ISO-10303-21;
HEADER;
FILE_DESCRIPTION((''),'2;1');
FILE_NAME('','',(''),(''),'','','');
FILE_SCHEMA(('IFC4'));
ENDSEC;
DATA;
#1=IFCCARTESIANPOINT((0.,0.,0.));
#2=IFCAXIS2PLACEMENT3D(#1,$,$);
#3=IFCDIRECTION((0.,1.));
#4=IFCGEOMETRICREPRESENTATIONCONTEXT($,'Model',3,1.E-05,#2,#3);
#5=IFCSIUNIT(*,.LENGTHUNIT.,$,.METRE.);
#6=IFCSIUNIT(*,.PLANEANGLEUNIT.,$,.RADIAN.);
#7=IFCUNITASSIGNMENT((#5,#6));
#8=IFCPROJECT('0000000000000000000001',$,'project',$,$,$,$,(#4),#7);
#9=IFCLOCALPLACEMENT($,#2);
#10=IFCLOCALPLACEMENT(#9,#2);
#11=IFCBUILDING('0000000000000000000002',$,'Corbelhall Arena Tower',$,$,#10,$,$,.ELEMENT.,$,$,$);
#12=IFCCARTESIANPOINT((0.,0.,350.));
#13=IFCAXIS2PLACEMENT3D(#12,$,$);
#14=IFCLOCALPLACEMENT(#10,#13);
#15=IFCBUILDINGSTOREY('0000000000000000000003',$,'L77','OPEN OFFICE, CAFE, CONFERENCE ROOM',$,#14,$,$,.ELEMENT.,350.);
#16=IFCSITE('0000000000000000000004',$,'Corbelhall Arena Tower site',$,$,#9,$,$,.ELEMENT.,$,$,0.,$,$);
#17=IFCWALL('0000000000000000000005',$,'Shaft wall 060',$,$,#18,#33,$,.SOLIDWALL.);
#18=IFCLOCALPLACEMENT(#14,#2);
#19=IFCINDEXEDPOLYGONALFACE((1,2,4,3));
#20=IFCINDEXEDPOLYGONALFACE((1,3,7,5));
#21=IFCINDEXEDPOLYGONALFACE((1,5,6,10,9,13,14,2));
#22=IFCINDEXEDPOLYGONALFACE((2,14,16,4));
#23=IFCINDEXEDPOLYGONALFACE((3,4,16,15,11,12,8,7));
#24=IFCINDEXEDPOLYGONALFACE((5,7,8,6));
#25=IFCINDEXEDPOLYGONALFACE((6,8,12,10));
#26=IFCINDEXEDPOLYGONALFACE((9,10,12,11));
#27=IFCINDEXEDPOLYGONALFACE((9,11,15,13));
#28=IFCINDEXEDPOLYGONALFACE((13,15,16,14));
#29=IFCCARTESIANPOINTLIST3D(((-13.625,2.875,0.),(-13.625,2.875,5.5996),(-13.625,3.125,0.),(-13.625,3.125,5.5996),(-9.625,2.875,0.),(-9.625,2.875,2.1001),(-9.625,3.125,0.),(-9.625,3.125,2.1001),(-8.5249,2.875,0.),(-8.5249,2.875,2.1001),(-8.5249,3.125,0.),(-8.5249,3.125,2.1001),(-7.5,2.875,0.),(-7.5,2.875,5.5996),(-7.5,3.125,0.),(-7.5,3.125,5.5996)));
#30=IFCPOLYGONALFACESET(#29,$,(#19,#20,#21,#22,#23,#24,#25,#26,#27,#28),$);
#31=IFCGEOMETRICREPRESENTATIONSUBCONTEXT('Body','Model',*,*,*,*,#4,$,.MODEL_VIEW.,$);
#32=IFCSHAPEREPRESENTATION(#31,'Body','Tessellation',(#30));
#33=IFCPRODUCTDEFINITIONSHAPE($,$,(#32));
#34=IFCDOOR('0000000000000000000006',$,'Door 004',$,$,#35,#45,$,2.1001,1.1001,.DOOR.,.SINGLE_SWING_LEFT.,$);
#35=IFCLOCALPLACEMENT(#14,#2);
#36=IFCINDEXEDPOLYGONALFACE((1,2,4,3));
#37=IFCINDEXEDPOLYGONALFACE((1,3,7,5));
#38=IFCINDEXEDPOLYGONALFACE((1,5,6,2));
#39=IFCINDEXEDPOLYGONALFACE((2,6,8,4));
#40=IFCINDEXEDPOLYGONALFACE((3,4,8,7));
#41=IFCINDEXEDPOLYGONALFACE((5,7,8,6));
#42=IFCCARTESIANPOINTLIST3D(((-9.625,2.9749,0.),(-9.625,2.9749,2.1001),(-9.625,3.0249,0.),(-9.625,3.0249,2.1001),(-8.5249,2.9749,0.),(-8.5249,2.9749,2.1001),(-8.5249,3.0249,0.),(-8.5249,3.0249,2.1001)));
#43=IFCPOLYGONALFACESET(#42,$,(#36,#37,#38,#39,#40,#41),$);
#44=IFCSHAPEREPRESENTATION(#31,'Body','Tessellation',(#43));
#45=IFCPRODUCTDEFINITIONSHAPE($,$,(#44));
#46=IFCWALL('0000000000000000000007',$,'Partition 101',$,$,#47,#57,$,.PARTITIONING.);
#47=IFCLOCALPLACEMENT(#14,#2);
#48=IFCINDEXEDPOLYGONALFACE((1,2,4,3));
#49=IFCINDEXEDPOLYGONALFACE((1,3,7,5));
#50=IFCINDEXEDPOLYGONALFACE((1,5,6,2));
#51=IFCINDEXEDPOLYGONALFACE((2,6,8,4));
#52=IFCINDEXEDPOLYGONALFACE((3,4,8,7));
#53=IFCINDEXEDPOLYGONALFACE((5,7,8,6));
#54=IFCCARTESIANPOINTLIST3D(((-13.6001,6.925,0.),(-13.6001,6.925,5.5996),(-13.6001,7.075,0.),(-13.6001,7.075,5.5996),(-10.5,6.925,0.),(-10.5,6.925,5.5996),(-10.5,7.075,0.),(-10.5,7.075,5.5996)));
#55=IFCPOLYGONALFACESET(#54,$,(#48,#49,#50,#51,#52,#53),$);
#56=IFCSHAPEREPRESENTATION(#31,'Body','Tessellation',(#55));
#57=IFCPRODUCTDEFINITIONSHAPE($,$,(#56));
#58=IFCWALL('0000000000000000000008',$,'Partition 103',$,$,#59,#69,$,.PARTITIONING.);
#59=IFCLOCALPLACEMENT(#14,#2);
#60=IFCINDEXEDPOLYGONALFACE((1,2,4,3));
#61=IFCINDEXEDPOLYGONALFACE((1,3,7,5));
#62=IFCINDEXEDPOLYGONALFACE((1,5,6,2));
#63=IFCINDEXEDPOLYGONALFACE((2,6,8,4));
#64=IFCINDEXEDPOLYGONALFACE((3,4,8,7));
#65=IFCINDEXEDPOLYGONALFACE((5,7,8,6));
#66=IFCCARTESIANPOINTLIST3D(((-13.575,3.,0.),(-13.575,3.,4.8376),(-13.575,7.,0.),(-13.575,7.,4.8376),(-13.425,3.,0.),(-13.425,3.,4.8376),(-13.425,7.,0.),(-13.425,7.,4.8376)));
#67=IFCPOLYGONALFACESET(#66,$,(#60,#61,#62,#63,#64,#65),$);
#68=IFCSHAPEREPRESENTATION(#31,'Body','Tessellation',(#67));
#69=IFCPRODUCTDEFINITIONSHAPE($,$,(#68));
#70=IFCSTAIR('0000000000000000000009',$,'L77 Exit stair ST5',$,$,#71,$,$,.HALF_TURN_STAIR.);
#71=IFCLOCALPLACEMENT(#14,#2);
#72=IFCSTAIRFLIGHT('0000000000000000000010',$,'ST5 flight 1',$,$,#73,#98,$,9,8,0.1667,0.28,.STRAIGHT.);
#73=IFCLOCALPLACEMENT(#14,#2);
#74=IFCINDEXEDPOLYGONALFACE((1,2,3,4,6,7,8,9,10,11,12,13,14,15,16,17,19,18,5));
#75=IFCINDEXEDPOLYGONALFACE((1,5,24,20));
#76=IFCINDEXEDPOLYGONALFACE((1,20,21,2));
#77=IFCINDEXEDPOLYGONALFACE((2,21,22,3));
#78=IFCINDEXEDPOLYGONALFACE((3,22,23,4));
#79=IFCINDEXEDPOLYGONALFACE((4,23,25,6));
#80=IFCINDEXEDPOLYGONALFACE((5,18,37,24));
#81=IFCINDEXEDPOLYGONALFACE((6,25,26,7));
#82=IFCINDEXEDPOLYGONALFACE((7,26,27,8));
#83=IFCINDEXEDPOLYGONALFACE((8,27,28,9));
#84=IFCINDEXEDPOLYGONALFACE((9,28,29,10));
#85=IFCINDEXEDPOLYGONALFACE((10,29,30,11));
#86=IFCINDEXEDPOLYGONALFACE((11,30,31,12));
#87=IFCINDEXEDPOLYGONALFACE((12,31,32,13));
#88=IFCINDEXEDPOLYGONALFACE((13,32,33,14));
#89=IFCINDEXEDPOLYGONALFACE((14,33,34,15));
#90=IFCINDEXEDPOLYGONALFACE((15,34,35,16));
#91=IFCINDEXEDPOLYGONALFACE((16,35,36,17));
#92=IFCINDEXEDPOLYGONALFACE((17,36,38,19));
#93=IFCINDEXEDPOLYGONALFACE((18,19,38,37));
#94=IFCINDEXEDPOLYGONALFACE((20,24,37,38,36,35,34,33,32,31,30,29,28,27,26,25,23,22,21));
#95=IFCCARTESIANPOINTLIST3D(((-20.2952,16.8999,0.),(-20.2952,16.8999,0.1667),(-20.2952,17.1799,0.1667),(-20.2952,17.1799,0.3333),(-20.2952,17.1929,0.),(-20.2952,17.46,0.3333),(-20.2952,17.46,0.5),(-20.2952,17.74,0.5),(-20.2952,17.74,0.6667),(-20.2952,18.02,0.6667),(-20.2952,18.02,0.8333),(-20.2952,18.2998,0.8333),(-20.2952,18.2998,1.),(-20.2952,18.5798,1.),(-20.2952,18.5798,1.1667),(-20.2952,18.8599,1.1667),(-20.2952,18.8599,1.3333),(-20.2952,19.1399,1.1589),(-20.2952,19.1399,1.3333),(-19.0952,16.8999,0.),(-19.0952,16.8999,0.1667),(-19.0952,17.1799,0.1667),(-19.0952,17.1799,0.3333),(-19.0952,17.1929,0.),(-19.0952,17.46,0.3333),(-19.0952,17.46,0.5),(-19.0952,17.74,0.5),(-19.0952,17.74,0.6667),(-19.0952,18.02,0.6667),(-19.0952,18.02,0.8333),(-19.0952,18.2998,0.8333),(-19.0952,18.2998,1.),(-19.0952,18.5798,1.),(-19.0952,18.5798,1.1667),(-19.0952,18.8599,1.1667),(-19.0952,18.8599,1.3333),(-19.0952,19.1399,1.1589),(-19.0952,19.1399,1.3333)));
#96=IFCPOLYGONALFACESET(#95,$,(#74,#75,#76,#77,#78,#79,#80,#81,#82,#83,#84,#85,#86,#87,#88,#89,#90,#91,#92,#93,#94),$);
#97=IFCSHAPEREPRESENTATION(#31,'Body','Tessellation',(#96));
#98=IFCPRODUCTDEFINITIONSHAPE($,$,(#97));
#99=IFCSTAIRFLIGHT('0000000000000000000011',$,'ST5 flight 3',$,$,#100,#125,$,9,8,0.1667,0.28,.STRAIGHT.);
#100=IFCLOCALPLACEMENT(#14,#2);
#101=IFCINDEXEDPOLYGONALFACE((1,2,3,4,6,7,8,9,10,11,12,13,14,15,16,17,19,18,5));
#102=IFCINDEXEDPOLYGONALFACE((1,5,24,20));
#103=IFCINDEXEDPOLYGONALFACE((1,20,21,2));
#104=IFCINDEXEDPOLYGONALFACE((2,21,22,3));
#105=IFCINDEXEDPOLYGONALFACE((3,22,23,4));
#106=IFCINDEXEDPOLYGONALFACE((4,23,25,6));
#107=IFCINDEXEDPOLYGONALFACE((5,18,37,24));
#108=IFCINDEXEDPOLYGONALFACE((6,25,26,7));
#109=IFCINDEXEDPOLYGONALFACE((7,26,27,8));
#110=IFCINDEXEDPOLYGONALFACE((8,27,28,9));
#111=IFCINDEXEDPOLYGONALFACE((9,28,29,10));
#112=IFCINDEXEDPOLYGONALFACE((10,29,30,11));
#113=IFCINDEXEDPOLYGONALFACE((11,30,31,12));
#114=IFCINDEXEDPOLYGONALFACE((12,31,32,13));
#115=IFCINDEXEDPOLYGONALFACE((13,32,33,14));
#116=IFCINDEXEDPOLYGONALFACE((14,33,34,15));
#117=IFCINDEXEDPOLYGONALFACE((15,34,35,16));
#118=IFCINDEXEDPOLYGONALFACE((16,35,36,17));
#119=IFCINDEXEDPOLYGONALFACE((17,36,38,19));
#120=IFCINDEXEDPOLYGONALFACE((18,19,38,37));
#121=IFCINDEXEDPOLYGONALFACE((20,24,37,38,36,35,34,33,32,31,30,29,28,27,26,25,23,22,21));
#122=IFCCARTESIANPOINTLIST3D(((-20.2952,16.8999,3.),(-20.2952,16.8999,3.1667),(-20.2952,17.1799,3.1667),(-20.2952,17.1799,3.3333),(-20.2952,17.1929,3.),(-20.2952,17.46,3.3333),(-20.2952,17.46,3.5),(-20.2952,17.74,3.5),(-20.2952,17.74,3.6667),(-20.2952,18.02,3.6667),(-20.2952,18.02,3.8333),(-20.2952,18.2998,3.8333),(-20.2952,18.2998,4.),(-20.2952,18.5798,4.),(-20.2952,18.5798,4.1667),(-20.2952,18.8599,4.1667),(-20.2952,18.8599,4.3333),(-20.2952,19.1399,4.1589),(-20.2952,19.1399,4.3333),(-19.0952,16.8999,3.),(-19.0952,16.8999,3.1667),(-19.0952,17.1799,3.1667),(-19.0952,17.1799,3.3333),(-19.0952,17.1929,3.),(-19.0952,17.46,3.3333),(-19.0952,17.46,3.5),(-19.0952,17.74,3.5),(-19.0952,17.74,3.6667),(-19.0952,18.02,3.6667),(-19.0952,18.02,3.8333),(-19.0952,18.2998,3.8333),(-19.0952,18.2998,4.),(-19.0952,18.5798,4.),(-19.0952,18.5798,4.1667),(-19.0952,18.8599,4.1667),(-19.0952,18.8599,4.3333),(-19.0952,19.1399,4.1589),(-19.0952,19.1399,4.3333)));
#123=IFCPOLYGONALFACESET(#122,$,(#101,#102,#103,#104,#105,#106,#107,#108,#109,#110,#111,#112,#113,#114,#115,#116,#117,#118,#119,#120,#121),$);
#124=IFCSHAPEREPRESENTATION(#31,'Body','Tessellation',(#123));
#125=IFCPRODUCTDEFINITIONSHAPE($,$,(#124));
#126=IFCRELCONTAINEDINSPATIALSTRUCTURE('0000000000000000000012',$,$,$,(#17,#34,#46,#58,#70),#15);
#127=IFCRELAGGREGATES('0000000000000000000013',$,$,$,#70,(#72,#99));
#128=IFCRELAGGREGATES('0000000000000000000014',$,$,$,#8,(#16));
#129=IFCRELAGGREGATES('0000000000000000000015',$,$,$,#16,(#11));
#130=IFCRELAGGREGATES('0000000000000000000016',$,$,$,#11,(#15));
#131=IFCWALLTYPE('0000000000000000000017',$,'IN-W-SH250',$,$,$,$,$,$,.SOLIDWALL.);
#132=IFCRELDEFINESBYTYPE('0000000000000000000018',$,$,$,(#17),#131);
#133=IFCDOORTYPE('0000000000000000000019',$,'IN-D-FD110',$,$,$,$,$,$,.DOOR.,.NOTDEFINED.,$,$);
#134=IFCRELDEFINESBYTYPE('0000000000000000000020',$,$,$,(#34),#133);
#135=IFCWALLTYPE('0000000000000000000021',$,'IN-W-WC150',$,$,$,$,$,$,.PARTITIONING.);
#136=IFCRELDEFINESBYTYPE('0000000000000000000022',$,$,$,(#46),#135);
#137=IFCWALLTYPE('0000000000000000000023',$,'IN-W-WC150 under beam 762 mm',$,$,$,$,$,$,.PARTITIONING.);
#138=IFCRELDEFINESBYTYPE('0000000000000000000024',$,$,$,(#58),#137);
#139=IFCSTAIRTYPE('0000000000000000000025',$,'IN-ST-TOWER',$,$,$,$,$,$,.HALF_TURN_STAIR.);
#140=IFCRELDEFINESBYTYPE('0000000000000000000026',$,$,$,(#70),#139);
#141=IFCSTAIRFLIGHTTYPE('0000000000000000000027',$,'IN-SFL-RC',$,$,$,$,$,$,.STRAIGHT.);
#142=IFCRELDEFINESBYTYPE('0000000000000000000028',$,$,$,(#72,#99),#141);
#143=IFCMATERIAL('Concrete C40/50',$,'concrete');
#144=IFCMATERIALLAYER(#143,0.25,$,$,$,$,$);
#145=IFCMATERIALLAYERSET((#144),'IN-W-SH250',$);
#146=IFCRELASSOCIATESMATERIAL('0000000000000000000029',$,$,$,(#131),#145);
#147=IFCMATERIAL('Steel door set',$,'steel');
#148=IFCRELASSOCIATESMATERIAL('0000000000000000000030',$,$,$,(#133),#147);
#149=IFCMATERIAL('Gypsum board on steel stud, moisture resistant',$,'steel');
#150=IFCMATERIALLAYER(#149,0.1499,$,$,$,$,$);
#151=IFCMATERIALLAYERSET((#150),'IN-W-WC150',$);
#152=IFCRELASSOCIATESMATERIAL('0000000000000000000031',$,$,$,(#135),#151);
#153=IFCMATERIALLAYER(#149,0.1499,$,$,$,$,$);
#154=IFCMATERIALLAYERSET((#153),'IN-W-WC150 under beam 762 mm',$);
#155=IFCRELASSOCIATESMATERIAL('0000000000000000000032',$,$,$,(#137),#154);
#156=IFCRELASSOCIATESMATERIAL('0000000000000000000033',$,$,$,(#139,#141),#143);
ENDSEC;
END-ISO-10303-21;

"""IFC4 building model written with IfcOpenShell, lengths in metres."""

from ifc_helpers import new_model, si_unit, direction, frame, frame_2d, origin, place, context, subcontext, project, spatial, polyline, rectangle, outline, extrude, material, layer, layer_set, type_object, element, fill, aggregate, save


model = new_model("IFC4")

# Units and contexts
model_context = context("Model", 3, precision=1e-05, world=origin(), true_north=direction((0.0, 1.0)))
body_context = subcontext(model_context, "Body", "Model", "MODEL_VIEW")
ifc_project = project(units=[si_unit("LENGTHUNIT", "METRE"), si_unit("PLANEANGLEUNIT", "RADIAN")], contexts=[model_context])

# Site, building, storey
site_placement = place(None, origin())
site = spatial("IfcSite", under=ifc_project, at=site_placement, Name="Corbelhall Arena Tower site", CompositionType="ELEMENT", RefElevation=0.0)
building_placement = place(site_placement, origin())
building = spatial("IfcBuilding", under=site, at=building_placement, Name="Corbelhall Arena Tower", CompositionType="ELEMENT")
storey_placement = place(building_placement, frame((0.0, 0.0, 350.0)))
storey = spatial("IfcBuildingStorey", under=building, at=storey_placement, Name="L77", Description="OPEN OFFICE, CAFE, CONFERENCE ROOM", CompositionType="ELEMENT", Elevation=350.0)

# Shared definitions
ifc_material_1 = material(Name="Concrete C40/50", Category="concrete")
ifc_material_2 = material(Name="Steel door set", Category="steel")

# Shared definitions
ifc_layer_1 = layer(ifc_material_1, 0.25)
ifc_layer_set_1 = layer_set([ifc_layer_1], Name="IN-W-SH250")
wall_type_1 = type_object("IfcWallType", Name="IN-W-SH250", PredefinedType="SOLIDWALL", material=ifc_layer_set_1)

# Wall, opening, door
wall_1_placement = place(storey_placement, frame((-13.625, 3.0, 0.0), z_axis=(0.0, 0.0, 1.0), x_axis=(1.0, 0.0, 0.0)))
wall_1 = element("IfcWall", 1, at=wall_1_placement, inside=storey, type_object=wall_type_1, Name="Shaft wall 060", PredefinedType="SOLIDWALL", context=body_context, shape_type="SweptSolid", body=[
    extrude(rectangle(XDim=6.125, YDim=0.25, at=frame_2d((3.0625, 0.0))), origin(), (0.0, 0.0, 1.0), 5.5996),
])
opening_1_placement = place(wall_1_placement, frame((4.0, 0.0, 0.0)))
opening_1 = element("IfcOpeningElement", 2, at=opening_1_placement, cuts=wall_1, PredefinedType="OPENING", context=body_context, shape_type="SweptSolid", body=[
    extrude(rectangle(XDim=1.1001, YDim=2.1001, at=frame_2d((0.55, 1.05))), frame((0.0, 0.125, 0.0), z_axis=(0.0, -1.0, 0.0), x_axis=(1.0, 0.0, 0.0)), (0.0, 0.0, 1.0), 0.25),
])
door_type_1 = type_object("IfcDoorType", Name="IN-D-FD110", OperationType="NOTDEFINED", PredefinedType="DOOR", material=ifc_material_2)
door_1_placement = place(opening_1_placement, origin())
door_1 = element("IfcDoor", 3, at=door_1_placement, inside=storey, type_object=door_type_1, Name="Door 004", OperationType="SINGLE_SWING_LEFT", OverallHeight=2.1001, OverallWidth=1.1001, PredefinedType="DOOR", context=body_context, shape_type="SweptSolid", body=[
    extrude(rectangle(XDim=1.1001, YDim=2.1001, at=frame_2d((0.55, 1.05))), frame((0.0, 0.0249, 0.0), z_axis=(0.0, -1.0, 0.0), x_axis=(1.0, 0.0, 0.0)), (0.0, 0.0, 1.0), 0.05),
])
fill(opening_1, door_1)

# Walls
ifc_material_3 = material(Name="Gypsum board on steel stud, moisture resistant", Category="steel")
ifc_layer_2 = layer(ifc_material_3, 0.1499)
ifc_layer_set_2 = layer_set([ifc_layer_2], Name="IN-W-WC150")
wall_type_2 = type_object("IfcWallType", Name="IN-W-WC150", PredefinedType="PARTITIONING", material=ifc_layer_set_2)
wall_2_placement = place(storey_placement, frame((-13.6001, 7.0, 0.0), z_axis=(0.0, 0.0, 1.0), x_axis=(1.0, 0.0, 0.0)))
element("IfcWall", 4, at=wall_2_placement, inside=storey, type_object=wall_type_2, Name="Partition 101", PredefinedType="PARTITIONING", context=body_context, shape_type="SweptSolid", body=[
    extrude(rectangle(XDim=3.1001, YDim=0.1499, at=frame_2d((1.55, 0.0))), origin(), (0.0, 0.0, 1.0), 5.5996),
])
ifc_layer_3 = layer(ifc_material_3, 0.1499)
ifc_layer_set_3 = layer_set([ifc_layer_3], Name="IN-W-WC150 under beam 762 mm")
wall_type_3 = type_object("IfcWallType", Name="IN-W-WC150 under beam 762 mm", PredefinedType="PARTITIONING", material=ifc_layer_set_3)
wall_3_placement = place(storey_placement, frame((-13.5, 3.0, 0.0), z_axis=(0.0, 0.0, 1.0), x_axis=(0.0, 1.0, 0.0)))
element("IfcWall", 5, at=wall_3_placement, inside=storey, type_object=wall_type_3, Name="Partition 103", PredefinedType="PARTITIONING", context=body_context, shape_type="SweptSolid", body=[
    extrude(rectangle(XDim=4.0, YDim=0.1499, at=frame_2d((2.0, 0.0))), origin(), (0.0, 0.0, 1.0), 4.8376),
])

# Stair, stair flights
stair_type = type_object("IfcStairType", Name="IN-ST-TOWER", PredefinedType="HALF_TURN_STAIR", material=ifc_material_1)
stair_placement = place(storey_placement, origin())
stair = element("IfcStair", 6, at=stair_placement, inside=storey, type_object=stair_type, Name="L77 Exit stair ST5", PredefinedType="HALF_TURN_STAIR")
stair_flight_type = type_object("IfcStairFlightType", Name="IN-SFL-RC", PredefinedType="STRAIGHT", material=ifc_material_1)
stair_flight_1_placement = place(storey_placement, frame((-19.6951, 16.8999, 0.0), z_axis=(0.0, 0.0, 1.0), x_axis=(0.0, 1.0, 0.0)))
stair_flight_1 = element("IfcStairFlight", 7, at=stair_flight_1_placement, type_object=stair_flight_type, Name="ST5 flight 1", NumberOfRisers=9, NumberOfTreads=8, PredefinedType="STRAIGHT", RiserHeight=0.1667, TreadLength=0.28, context=body_context, shape_type="SweptSolid", body=[
    extrude(outline(polyline([(0.0, 0.0), (0.0, 0.1667), (0.28, 0.1667), (0.28, 0.3333), (0.5601, 0.3333), (0.5601, 0.5), (0.8401, 0.5), (0.8401, 0.6667), (1.1201, 0.6667), (1.1201, 0.8333), (1.3999, 0.8333), (1.3999, 1.0), (1.6799, 1.0), (1.6799, 1.1667), (1.96, 1.1667), (1.96, 1.3333), (2.24, 1.3333), (2.24, 1.5), (2.24, 1.1589), (0.293, 0.0), (0.0, 0.0)])), frame((0.0, 0.6001, 0.0), z_axis=(0.0, -1.0, 0.0), x_axis=(1.0, 0.0, 0.0)), (0.0, 0.0, 1.0), 1.2),
])
stair_flight_2_placement = place(storey_placement, frame((-19.6951, 16.8999, 3.0), z_axis=(0.0, 0.0, 1.0), x_axis=(0.0, 1.0, 0.0)))
stair_flight_2 = element("IfcStairFlight", 8, at=stair_flight_2_placement, type_object=stair_flight_type, Name="ST5 flight 3", NumberOfRisers=9, NumberOfTreads=8, PredefinedType="STRAIGHT", RiserHeight=0.1667, TreadLength=0.28, context=body_context, shape_type="SweptSolid", body=[
    extrude(outline(polyline([(0.0, 0.0), (0.0, 0.1667), (0.28, 0.1667), (0.28, 0.3333), (0.5601, 0.3333), (0.5601, 0.5), (0.8401, 0.5), (0.8401, 0.6667), (1.1201, 0.6667), (1.1201, 0.8333), (1.3999, 0.8333), (1.3999, 1.0), (1.6799, 1.0), (1.6799, 1.1667), (1.96, 1.1667), (1.96, 1.3333), (2.24, 1.3333), (2.24, 1.5), (2.24, 1.1589), (0.293, 0.0), (0.0, 0.0)])), frame((0.0, 0.6001, 0.0), z_axis=(0.0, -1.0, 0.0), x_axis=(1.0, 0.0, 0.0)), (0.0, 0.0, 1.0), 1.2),
])
aggregate(stair, [stair_flight_1, stair_flight_2])

save(model, "model.ifc")
